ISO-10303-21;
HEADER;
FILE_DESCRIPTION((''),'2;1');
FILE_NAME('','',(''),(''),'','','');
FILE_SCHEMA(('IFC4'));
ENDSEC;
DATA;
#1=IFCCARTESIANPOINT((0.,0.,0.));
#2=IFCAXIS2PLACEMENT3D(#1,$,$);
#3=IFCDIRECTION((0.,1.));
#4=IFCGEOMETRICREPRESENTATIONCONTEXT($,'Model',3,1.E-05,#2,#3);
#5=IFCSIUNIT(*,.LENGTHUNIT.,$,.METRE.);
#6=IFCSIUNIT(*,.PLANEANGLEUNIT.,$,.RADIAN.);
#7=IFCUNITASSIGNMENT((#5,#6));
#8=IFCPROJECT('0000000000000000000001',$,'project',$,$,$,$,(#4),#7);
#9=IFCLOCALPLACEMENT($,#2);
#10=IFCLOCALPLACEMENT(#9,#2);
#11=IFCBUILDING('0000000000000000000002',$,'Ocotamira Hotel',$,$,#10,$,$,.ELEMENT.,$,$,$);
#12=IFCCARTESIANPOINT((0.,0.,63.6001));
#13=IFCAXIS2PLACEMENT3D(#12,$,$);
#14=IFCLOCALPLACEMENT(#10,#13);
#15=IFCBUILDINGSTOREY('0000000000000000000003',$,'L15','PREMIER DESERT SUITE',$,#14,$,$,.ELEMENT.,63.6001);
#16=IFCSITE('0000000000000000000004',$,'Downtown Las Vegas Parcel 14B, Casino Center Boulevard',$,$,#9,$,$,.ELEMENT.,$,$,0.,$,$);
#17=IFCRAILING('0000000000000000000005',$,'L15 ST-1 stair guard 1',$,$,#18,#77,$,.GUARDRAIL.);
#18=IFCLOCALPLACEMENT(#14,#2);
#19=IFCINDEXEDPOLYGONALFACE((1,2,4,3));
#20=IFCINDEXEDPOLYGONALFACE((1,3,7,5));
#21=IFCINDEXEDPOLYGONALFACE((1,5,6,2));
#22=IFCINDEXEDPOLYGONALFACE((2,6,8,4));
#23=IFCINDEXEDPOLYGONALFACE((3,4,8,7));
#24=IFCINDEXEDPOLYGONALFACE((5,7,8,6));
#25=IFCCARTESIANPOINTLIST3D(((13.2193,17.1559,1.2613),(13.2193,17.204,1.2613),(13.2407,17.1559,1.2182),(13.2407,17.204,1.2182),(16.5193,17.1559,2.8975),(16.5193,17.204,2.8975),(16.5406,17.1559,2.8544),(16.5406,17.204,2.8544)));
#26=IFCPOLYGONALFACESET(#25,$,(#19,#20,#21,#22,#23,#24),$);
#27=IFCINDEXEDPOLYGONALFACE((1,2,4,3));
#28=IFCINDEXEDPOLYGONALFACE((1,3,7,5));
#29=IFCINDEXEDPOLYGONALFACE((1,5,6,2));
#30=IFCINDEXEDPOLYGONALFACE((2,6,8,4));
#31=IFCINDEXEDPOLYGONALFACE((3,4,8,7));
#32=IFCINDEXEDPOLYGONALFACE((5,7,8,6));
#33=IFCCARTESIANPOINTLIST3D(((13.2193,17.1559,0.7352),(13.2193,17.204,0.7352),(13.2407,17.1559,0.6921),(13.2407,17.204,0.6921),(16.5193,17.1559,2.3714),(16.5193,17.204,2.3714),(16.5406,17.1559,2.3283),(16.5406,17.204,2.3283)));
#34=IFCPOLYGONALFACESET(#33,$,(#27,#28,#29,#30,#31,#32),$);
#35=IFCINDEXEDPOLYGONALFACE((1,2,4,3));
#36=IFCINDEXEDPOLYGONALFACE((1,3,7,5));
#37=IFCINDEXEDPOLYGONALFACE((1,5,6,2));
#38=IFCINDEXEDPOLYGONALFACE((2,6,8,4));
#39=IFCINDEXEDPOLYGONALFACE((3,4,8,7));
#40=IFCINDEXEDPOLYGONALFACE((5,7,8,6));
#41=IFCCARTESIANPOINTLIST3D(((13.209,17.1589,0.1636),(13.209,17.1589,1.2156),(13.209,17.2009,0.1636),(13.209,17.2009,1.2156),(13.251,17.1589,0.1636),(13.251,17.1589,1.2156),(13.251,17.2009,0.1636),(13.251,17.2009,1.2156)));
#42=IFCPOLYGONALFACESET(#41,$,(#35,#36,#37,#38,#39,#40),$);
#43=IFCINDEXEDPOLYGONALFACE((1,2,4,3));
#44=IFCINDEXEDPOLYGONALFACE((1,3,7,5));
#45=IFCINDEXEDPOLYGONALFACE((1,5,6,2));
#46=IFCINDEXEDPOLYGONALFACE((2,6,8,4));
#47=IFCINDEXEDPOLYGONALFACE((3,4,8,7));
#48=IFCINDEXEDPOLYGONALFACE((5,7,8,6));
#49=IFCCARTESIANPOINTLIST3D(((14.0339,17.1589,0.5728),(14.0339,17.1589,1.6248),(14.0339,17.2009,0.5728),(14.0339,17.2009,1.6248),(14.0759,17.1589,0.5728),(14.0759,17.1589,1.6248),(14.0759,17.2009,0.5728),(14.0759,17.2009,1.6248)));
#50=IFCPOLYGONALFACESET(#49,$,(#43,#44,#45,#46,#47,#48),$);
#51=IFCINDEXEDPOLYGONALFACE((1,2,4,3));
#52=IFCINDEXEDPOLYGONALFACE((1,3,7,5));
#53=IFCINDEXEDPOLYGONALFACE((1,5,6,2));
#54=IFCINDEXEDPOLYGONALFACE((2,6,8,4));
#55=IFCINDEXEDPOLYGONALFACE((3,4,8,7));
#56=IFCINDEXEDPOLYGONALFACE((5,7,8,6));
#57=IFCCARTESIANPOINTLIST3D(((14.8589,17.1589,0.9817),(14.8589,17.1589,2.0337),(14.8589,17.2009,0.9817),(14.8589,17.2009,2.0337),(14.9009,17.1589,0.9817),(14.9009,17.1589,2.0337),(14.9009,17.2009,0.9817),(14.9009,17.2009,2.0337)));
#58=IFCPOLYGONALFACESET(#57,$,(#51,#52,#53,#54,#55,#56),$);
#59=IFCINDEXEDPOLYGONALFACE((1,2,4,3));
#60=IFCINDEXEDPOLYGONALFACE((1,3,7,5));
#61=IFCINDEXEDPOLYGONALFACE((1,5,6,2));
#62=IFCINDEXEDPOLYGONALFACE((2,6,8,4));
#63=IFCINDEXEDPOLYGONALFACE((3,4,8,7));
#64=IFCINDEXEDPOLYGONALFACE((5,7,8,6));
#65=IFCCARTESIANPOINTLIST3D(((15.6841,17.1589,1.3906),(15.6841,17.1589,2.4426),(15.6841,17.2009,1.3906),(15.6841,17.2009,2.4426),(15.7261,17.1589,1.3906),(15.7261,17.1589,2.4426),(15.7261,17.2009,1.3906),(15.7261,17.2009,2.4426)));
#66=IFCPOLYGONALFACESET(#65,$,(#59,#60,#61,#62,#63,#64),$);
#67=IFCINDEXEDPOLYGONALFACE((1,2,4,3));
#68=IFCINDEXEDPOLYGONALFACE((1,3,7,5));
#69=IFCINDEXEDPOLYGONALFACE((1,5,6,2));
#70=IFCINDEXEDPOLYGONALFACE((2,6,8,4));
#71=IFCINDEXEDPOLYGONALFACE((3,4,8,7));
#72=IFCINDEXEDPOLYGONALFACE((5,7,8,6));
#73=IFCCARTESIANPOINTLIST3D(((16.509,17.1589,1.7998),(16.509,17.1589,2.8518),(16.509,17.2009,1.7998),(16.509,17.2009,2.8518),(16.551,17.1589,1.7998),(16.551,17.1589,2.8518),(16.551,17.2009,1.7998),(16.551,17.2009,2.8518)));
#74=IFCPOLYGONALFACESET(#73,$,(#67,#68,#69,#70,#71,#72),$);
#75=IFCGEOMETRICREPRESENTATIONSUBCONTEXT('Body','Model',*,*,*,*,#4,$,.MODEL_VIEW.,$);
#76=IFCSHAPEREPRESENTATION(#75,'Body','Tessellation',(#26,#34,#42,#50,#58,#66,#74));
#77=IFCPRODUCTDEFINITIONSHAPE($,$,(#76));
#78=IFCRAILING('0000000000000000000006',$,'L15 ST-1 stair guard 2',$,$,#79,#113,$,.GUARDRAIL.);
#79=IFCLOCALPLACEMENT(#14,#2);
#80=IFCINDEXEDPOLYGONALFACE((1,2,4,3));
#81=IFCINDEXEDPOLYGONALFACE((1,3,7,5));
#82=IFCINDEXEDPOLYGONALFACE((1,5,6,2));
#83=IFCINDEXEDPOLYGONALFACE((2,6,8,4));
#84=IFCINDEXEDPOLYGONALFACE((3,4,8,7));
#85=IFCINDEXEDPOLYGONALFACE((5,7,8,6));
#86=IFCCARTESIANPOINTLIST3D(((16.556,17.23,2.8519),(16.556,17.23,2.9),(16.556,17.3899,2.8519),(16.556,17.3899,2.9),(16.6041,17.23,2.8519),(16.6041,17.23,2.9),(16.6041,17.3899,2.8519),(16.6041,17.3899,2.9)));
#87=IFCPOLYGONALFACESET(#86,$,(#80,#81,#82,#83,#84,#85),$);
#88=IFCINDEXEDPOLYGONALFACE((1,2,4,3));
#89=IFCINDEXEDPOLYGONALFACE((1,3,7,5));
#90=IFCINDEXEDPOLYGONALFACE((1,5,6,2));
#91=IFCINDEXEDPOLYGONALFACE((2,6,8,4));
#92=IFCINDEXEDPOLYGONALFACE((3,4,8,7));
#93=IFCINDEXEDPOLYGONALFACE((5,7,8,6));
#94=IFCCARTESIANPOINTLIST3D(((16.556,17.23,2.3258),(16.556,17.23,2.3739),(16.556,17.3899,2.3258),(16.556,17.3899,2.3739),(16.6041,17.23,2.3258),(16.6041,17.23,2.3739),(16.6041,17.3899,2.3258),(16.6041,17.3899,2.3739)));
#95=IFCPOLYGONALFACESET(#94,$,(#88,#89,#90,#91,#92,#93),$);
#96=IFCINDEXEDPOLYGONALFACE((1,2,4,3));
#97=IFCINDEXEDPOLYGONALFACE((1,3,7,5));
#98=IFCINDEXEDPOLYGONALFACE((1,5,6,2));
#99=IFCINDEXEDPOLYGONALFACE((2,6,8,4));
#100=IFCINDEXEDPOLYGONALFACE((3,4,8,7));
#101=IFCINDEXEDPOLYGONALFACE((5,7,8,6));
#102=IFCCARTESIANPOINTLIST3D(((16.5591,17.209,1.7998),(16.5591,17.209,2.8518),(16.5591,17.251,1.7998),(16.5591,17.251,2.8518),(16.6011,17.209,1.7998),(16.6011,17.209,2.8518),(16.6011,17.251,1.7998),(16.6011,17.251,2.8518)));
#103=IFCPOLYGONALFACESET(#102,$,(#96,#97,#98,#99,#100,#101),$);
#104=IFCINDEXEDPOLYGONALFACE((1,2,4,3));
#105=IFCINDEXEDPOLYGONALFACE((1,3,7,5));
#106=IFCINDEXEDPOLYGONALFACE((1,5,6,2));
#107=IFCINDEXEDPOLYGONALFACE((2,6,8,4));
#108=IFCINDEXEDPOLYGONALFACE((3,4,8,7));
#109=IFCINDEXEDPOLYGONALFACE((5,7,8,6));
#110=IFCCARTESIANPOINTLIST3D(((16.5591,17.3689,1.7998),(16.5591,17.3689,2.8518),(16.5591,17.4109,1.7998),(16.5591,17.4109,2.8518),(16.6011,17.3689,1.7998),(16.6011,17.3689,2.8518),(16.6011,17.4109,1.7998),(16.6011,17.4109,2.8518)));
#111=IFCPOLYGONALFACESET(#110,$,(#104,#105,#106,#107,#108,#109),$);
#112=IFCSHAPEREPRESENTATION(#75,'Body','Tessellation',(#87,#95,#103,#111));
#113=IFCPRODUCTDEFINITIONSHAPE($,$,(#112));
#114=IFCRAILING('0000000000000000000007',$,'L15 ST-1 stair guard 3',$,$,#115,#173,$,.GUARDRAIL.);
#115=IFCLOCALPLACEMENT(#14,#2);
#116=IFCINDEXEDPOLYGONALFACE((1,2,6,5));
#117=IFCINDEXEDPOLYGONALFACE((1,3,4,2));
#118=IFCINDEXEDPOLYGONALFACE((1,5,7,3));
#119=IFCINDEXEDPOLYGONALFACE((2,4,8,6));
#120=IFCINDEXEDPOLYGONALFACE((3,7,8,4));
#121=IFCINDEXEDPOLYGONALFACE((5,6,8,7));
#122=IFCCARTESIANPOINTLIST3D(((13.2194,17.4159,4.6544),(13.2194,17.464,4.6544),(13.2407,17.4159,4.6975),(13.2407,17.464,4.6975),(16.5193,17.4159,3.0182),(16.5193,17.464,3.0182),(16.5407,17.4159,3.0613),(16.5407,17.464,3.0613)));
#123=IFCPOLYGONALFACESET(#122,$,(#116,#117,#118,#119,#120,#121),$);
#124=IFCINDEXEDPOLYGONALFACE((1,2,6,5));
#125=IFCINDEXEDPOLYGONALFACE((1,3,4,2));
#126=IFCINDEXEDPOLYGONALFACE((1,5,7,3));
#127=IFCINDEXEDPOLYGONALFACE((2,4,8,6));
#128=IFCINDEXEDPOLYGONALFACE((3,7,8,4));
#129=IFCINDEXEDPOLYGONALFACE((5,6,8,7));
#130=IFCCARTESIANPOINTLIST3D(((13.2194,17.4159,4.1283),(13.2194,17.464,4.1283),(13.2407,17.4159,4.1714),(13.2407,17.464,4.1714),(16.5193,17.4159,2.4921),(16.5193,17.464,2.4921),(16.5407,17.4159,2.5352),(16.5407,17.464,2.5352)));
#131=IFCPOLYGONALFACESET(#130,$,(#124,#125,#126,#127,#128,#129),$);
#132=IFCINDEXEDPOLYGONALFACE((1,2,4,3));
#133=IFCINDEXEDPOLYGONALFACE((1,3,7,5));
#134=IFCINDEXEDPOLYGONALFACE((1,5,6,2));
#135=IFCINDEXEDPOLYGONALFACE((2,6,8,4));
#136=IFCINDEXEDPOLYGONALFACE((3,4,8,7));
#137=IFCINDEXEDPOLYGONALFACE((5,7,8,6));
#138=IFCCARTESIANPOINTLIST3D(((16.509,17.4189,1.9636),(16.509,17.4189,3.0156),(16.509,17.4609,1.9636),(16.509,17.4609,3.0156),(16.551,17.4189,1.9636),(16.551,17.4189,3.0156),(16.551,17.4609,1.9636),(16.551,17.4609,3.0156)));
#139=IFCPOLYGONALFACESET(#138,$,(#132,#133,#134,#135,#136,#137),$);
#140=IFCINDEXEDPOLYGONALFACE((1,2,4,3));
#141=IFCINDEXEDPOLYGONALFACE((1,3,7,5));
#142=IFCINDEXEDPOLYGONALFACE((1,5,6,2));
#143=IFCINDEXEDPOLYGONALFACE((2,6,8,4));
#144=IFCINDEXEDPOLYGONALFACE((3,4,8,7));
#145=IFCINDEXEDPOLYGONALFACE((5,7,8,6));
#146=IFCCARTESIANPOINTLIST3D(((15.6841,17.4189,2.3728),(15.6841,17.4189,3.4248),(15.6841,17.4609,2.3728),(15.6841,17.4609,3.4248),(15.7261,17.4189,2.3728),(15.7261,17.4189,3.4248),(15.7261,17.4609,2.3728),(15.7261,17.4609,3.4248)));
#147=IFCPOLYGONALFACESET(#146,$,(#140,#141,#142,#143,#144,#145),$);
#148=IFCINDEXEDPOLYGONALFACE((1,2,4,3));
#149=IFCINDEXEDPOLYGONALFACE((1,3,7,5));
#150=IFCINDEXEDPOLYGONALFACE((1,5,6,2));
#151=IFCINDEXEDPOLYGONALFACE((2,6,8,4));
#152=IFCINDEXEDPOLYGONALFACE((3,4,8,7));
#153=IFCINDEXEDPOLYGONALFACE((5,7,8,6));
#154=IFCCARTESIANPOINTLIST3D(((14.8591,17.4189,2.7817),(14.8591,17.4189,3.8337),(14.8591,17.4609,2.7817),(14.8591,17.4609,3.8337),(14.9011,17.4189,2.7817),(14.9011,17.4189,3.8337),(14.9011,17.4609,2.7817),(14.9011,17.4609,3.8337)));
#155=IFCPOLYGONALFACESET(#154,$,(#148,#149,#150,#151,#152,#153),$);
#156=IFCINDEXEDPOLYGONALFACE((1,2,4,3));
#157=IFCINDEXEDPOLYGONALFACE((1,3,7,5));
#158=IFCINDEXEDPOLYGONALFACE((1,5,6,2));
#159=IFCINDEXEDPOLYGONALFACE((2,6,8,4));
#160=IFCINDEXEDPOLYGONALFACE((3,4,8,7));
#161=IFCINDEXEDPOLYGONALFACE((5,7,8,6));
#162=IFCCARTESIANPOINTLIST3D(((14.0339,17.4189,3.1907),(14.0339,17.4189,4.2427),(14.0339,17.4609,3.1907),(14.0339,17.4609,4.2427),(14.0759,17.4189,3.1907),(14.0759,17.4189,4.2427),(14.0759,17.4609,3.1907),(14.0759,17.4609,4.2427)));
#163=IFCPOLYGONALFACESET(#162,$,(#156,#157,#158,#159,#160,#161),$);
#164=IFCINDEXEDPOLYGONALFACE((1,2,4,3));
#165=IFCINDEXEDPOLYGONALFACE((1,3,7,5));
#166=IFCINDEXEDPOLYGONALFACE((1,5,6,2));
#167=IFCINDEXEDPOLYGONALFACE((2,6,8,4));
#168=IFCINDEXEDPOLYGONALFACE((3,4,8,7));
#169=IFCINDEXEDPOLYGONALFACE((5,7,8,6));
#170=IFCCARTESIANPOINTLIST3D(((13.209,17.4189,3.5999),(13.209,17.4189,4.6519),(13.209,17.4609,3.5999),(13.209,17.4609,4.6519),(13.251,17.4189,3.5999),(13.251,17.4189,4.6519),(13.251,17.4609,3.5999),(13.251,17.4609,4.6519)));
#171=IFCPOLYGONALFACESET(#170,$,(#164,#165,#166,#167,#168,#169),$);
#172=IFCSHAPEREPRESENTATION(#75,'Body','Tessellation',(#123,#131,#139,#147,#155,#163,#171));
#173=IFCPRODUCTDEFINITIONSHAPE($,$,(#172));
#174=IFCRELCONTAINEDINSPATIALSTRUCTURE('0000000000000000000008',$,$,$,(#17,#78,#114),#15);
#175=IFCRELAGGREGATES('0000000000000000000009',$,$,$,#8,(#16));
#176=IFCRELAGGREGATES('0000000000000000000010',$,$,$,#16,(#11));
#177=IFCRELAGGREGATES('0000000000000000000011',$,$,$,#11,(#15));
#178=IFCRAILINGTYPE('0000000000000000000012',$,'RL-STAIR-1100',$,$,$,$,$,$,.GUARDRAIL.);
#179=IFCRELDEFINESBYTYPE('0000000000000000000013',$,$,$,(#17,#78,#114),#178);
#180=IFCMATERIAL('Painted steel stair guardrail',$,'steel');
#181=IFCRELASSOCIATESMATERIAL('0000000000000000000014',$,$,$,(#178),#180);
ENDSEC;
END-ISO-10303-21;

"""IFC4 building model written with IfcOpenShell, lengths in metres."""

from ifc_helpers import new_model, si_unit, direction, frame, origin, origin_2d, place, context, subcontext, project, spatial, rectangle, extrude, material, type_object, element, save


model = new_model("IFC4")

# Units and contexts
model_context = context("Model", 3, precision=1e-05, world=origin(), true_north=direction((0.0, 1.0)))
body_context = subcontext(model_context, "Body", "Model", "MODEL_VIEW")
ifc_project = project(units=[si_unit("LENGTHUNIT", "METRE"), si_unit("PLANEANGLEUNIT", "RADIAN")], contexts=[model_context])

# Site, building, storey
site_placement = place(None, origin())
site = spatial("IfcSite", under=ifc_project, at=site_placement, Name="Downtown Las Vegas Parcel 14B, Casino Center Boulevard", CompositionType="ELEMENT", RefElevation=0.0)
building_placement = place(site_placement, origin())
building = spatial("IfcBuilding", under=site, at=building_placement, Name="Ocotamira Hotel", CompositionType="ELEMENT")
storey_placement = place(building_placement, frame((0.0, 0.0, 63.6001)))
storey = spatial("IfcBuildingStorey", under=building, at=storey_placement, Name="L15", Description="PREMIER DESERT SUITE", CompositionType="ELEMENT", Elevation=63.6001)

# Railings
ifc_material_1 = material(Name="Painted steel stair guardrail", Category="steel")
railing_type_1 = type_object("IfcRailingType", Name="RL-STAIR-1100", PredefinedType="GUARDRAIL", material=ifc_material_1)
railing_1_placement = place(storey_placement, frame((13.23, 17.1799, 0.1636)))
element("IfcRailing", 1, at=railing_1_placement, inside=storey, type_object=railing_type_1, Name="L15 ST-1 stair guard 1", PredefinedType="GUARDRAIL", context=body_context, shape_type="SweptSolid", body=[
    extrude(rectangle(XDim=0.0481, YDim=0.0481, at=origin_2d()), frame((0.0, 0.0, 1.0762), z_axis=(0.89592, 0.0, 0.444215), x_axis=(0.0, 1.0, 0.0)), (0.0, 0.0, 1.0), 3.6833),
    extrude(rectangle(XDim=0.0481, YDim=0.0481, at=origin_2d()), frame((0.0, 0.0, 0.55), z_axis=(0.89592, 0.0, 0.444215), x_axis=(0.0, 1.0, 0.0)), (0.0, 0.0, 1.0), 3.6833),
    extrude(rectangle(XDim=0.042, YDim=0.042, at=origin_2d()), origin(), (0.0, 0.0, 1.0), 1.052),
    extrude(rectangle(XDim=0.042, YDim=0.042, at=origin_2d()), frame((0.825, 0.0, 0.4092)), (0.0, 0.0, 1.0), 1.052),
    extrude(rectangle(XDim=0.042, YDim=0.042, at=origin_2d()), frame((1.6499, 0.0, 0.8181)), (0.0, 0.0, 1.0), 1.052),
    extrude(rectangle(XDim=0.042, YDim=0.042, at=origin_2d()), frame((2.4751, 0.0, 1.2271)), (0.0, 0.0, 1.0), 1.052),
    extrude(rectangle(XDim=0.042, YDim=0.042, at=origin_2d()), frame((3.3, 0.0, 1.6362)), (0.0, 0.0, 1.0), 1.052),
])
railing_2_placement = place(storey_placement, frame((16.5801, 17.23, 1.7998)))
element("IfcRailing", 2, at=railing_2_placement, inside=storey, type_object=railing_type_1, Name="L15 ST-1 stair guard 2", PredefinedType="GUARDRAIL", context=body_context, shape_type="SweptSolid", body=[
    extrude(rectangle(XDim=0.0481, YDim=0.0481, at=origin_2d()), frame((0.0, 0.0, 1.0762), z_axis=(0.0, 1.0, 0.0), x_axis=(-1.0, 0.0, 0.0)), (0.0, 0.0, 1.0), 0.1599),
    extrude(rectangle(XDim=0.0481, YDim=0.0481, at=origin_2d()), frame((0.0, 0.0, 0.55), z_axis=(0.0, 1.0, 0.0), x_axis=(-1.0, 0.0, 0.0)), (0.0, 0.0, 1.0), 0.1599),
    extrude(rectangle(XDim=0.042, YDim=0.042, at=origin_2d()), origin(), (0.0, 0.0, 1.0), 1.052),
    extrude(rectangle(XDim=0.042, YDim=0.042, at=origin_2d()), frame((0.0, 0.1599, 0.0)), (0.0, 0.0, 1.0), 1.052),
])
railing_3_placement = place(storey_placement, frame((16.53, 17.4399, 1.9636)))
element("IfcRailing", 3, at=railing_3_placement, inside=storey, type_object=railing_type_1, Name="L15 ST-1 stair guard 3", PredefinedType="GUARDRAIL", context=body_context, shape_type="SweptSolid", body=[
    extrude(rectangle(XDim=0.0481, YDim=0.0481, at=origin_2d()), frame((0.0, 0.0, 1.0762), z_axis=(-0.89592, 0.0, 0.444215), x_axis=(0.0, -1.0, 0.0)), (0.0, 0.0, 1.0), 3.6833),
    extrude(rectangle(XDim=0.0481, YDim=0.0481, at=origin_2d()), frame((0.0, 0.0, 0.55), z_axis=(-0.89592, 0.0, 0.444215), x_axis=(0.0, -1.0, 0.0)), (0.0, 0.0, 1.0), 3.6833),
    extrude(rectangle(XDim=0.042, YDim=0.042, at=origin_2d()), origin(), (0.0, 0.0, 1.0), 1.052),
    extrude(rectangle(XDim=0.042, YDim=0.042, at=origin_2d()), frame((-0.825, 0.0, 0.4092)), (0.0, 0.0, 1.0), 1.052),
    extrude(rectangle(XDim=0.042, YDim=0.042, at=origin_2d()), frame((-1.6499, 0.0, 0.8181)), (0.0, 0.0, 1.0), 1.052),
    extrude(rectangle(XDim=0.042, YDim=0.042, at=origin_2d()), frame((-2.4751, 0.0, 1.2271)), (0.0, 0.0, 1.0), 1.052),
    extrude(rectangle(XDim=0.042, YDim=0.042, at=origin_2d()), frame((-3.3, 0.0, 1.6362)), (0.0, 0.0, 1.0), 1.052),
])

save(model, "model.ifc")
